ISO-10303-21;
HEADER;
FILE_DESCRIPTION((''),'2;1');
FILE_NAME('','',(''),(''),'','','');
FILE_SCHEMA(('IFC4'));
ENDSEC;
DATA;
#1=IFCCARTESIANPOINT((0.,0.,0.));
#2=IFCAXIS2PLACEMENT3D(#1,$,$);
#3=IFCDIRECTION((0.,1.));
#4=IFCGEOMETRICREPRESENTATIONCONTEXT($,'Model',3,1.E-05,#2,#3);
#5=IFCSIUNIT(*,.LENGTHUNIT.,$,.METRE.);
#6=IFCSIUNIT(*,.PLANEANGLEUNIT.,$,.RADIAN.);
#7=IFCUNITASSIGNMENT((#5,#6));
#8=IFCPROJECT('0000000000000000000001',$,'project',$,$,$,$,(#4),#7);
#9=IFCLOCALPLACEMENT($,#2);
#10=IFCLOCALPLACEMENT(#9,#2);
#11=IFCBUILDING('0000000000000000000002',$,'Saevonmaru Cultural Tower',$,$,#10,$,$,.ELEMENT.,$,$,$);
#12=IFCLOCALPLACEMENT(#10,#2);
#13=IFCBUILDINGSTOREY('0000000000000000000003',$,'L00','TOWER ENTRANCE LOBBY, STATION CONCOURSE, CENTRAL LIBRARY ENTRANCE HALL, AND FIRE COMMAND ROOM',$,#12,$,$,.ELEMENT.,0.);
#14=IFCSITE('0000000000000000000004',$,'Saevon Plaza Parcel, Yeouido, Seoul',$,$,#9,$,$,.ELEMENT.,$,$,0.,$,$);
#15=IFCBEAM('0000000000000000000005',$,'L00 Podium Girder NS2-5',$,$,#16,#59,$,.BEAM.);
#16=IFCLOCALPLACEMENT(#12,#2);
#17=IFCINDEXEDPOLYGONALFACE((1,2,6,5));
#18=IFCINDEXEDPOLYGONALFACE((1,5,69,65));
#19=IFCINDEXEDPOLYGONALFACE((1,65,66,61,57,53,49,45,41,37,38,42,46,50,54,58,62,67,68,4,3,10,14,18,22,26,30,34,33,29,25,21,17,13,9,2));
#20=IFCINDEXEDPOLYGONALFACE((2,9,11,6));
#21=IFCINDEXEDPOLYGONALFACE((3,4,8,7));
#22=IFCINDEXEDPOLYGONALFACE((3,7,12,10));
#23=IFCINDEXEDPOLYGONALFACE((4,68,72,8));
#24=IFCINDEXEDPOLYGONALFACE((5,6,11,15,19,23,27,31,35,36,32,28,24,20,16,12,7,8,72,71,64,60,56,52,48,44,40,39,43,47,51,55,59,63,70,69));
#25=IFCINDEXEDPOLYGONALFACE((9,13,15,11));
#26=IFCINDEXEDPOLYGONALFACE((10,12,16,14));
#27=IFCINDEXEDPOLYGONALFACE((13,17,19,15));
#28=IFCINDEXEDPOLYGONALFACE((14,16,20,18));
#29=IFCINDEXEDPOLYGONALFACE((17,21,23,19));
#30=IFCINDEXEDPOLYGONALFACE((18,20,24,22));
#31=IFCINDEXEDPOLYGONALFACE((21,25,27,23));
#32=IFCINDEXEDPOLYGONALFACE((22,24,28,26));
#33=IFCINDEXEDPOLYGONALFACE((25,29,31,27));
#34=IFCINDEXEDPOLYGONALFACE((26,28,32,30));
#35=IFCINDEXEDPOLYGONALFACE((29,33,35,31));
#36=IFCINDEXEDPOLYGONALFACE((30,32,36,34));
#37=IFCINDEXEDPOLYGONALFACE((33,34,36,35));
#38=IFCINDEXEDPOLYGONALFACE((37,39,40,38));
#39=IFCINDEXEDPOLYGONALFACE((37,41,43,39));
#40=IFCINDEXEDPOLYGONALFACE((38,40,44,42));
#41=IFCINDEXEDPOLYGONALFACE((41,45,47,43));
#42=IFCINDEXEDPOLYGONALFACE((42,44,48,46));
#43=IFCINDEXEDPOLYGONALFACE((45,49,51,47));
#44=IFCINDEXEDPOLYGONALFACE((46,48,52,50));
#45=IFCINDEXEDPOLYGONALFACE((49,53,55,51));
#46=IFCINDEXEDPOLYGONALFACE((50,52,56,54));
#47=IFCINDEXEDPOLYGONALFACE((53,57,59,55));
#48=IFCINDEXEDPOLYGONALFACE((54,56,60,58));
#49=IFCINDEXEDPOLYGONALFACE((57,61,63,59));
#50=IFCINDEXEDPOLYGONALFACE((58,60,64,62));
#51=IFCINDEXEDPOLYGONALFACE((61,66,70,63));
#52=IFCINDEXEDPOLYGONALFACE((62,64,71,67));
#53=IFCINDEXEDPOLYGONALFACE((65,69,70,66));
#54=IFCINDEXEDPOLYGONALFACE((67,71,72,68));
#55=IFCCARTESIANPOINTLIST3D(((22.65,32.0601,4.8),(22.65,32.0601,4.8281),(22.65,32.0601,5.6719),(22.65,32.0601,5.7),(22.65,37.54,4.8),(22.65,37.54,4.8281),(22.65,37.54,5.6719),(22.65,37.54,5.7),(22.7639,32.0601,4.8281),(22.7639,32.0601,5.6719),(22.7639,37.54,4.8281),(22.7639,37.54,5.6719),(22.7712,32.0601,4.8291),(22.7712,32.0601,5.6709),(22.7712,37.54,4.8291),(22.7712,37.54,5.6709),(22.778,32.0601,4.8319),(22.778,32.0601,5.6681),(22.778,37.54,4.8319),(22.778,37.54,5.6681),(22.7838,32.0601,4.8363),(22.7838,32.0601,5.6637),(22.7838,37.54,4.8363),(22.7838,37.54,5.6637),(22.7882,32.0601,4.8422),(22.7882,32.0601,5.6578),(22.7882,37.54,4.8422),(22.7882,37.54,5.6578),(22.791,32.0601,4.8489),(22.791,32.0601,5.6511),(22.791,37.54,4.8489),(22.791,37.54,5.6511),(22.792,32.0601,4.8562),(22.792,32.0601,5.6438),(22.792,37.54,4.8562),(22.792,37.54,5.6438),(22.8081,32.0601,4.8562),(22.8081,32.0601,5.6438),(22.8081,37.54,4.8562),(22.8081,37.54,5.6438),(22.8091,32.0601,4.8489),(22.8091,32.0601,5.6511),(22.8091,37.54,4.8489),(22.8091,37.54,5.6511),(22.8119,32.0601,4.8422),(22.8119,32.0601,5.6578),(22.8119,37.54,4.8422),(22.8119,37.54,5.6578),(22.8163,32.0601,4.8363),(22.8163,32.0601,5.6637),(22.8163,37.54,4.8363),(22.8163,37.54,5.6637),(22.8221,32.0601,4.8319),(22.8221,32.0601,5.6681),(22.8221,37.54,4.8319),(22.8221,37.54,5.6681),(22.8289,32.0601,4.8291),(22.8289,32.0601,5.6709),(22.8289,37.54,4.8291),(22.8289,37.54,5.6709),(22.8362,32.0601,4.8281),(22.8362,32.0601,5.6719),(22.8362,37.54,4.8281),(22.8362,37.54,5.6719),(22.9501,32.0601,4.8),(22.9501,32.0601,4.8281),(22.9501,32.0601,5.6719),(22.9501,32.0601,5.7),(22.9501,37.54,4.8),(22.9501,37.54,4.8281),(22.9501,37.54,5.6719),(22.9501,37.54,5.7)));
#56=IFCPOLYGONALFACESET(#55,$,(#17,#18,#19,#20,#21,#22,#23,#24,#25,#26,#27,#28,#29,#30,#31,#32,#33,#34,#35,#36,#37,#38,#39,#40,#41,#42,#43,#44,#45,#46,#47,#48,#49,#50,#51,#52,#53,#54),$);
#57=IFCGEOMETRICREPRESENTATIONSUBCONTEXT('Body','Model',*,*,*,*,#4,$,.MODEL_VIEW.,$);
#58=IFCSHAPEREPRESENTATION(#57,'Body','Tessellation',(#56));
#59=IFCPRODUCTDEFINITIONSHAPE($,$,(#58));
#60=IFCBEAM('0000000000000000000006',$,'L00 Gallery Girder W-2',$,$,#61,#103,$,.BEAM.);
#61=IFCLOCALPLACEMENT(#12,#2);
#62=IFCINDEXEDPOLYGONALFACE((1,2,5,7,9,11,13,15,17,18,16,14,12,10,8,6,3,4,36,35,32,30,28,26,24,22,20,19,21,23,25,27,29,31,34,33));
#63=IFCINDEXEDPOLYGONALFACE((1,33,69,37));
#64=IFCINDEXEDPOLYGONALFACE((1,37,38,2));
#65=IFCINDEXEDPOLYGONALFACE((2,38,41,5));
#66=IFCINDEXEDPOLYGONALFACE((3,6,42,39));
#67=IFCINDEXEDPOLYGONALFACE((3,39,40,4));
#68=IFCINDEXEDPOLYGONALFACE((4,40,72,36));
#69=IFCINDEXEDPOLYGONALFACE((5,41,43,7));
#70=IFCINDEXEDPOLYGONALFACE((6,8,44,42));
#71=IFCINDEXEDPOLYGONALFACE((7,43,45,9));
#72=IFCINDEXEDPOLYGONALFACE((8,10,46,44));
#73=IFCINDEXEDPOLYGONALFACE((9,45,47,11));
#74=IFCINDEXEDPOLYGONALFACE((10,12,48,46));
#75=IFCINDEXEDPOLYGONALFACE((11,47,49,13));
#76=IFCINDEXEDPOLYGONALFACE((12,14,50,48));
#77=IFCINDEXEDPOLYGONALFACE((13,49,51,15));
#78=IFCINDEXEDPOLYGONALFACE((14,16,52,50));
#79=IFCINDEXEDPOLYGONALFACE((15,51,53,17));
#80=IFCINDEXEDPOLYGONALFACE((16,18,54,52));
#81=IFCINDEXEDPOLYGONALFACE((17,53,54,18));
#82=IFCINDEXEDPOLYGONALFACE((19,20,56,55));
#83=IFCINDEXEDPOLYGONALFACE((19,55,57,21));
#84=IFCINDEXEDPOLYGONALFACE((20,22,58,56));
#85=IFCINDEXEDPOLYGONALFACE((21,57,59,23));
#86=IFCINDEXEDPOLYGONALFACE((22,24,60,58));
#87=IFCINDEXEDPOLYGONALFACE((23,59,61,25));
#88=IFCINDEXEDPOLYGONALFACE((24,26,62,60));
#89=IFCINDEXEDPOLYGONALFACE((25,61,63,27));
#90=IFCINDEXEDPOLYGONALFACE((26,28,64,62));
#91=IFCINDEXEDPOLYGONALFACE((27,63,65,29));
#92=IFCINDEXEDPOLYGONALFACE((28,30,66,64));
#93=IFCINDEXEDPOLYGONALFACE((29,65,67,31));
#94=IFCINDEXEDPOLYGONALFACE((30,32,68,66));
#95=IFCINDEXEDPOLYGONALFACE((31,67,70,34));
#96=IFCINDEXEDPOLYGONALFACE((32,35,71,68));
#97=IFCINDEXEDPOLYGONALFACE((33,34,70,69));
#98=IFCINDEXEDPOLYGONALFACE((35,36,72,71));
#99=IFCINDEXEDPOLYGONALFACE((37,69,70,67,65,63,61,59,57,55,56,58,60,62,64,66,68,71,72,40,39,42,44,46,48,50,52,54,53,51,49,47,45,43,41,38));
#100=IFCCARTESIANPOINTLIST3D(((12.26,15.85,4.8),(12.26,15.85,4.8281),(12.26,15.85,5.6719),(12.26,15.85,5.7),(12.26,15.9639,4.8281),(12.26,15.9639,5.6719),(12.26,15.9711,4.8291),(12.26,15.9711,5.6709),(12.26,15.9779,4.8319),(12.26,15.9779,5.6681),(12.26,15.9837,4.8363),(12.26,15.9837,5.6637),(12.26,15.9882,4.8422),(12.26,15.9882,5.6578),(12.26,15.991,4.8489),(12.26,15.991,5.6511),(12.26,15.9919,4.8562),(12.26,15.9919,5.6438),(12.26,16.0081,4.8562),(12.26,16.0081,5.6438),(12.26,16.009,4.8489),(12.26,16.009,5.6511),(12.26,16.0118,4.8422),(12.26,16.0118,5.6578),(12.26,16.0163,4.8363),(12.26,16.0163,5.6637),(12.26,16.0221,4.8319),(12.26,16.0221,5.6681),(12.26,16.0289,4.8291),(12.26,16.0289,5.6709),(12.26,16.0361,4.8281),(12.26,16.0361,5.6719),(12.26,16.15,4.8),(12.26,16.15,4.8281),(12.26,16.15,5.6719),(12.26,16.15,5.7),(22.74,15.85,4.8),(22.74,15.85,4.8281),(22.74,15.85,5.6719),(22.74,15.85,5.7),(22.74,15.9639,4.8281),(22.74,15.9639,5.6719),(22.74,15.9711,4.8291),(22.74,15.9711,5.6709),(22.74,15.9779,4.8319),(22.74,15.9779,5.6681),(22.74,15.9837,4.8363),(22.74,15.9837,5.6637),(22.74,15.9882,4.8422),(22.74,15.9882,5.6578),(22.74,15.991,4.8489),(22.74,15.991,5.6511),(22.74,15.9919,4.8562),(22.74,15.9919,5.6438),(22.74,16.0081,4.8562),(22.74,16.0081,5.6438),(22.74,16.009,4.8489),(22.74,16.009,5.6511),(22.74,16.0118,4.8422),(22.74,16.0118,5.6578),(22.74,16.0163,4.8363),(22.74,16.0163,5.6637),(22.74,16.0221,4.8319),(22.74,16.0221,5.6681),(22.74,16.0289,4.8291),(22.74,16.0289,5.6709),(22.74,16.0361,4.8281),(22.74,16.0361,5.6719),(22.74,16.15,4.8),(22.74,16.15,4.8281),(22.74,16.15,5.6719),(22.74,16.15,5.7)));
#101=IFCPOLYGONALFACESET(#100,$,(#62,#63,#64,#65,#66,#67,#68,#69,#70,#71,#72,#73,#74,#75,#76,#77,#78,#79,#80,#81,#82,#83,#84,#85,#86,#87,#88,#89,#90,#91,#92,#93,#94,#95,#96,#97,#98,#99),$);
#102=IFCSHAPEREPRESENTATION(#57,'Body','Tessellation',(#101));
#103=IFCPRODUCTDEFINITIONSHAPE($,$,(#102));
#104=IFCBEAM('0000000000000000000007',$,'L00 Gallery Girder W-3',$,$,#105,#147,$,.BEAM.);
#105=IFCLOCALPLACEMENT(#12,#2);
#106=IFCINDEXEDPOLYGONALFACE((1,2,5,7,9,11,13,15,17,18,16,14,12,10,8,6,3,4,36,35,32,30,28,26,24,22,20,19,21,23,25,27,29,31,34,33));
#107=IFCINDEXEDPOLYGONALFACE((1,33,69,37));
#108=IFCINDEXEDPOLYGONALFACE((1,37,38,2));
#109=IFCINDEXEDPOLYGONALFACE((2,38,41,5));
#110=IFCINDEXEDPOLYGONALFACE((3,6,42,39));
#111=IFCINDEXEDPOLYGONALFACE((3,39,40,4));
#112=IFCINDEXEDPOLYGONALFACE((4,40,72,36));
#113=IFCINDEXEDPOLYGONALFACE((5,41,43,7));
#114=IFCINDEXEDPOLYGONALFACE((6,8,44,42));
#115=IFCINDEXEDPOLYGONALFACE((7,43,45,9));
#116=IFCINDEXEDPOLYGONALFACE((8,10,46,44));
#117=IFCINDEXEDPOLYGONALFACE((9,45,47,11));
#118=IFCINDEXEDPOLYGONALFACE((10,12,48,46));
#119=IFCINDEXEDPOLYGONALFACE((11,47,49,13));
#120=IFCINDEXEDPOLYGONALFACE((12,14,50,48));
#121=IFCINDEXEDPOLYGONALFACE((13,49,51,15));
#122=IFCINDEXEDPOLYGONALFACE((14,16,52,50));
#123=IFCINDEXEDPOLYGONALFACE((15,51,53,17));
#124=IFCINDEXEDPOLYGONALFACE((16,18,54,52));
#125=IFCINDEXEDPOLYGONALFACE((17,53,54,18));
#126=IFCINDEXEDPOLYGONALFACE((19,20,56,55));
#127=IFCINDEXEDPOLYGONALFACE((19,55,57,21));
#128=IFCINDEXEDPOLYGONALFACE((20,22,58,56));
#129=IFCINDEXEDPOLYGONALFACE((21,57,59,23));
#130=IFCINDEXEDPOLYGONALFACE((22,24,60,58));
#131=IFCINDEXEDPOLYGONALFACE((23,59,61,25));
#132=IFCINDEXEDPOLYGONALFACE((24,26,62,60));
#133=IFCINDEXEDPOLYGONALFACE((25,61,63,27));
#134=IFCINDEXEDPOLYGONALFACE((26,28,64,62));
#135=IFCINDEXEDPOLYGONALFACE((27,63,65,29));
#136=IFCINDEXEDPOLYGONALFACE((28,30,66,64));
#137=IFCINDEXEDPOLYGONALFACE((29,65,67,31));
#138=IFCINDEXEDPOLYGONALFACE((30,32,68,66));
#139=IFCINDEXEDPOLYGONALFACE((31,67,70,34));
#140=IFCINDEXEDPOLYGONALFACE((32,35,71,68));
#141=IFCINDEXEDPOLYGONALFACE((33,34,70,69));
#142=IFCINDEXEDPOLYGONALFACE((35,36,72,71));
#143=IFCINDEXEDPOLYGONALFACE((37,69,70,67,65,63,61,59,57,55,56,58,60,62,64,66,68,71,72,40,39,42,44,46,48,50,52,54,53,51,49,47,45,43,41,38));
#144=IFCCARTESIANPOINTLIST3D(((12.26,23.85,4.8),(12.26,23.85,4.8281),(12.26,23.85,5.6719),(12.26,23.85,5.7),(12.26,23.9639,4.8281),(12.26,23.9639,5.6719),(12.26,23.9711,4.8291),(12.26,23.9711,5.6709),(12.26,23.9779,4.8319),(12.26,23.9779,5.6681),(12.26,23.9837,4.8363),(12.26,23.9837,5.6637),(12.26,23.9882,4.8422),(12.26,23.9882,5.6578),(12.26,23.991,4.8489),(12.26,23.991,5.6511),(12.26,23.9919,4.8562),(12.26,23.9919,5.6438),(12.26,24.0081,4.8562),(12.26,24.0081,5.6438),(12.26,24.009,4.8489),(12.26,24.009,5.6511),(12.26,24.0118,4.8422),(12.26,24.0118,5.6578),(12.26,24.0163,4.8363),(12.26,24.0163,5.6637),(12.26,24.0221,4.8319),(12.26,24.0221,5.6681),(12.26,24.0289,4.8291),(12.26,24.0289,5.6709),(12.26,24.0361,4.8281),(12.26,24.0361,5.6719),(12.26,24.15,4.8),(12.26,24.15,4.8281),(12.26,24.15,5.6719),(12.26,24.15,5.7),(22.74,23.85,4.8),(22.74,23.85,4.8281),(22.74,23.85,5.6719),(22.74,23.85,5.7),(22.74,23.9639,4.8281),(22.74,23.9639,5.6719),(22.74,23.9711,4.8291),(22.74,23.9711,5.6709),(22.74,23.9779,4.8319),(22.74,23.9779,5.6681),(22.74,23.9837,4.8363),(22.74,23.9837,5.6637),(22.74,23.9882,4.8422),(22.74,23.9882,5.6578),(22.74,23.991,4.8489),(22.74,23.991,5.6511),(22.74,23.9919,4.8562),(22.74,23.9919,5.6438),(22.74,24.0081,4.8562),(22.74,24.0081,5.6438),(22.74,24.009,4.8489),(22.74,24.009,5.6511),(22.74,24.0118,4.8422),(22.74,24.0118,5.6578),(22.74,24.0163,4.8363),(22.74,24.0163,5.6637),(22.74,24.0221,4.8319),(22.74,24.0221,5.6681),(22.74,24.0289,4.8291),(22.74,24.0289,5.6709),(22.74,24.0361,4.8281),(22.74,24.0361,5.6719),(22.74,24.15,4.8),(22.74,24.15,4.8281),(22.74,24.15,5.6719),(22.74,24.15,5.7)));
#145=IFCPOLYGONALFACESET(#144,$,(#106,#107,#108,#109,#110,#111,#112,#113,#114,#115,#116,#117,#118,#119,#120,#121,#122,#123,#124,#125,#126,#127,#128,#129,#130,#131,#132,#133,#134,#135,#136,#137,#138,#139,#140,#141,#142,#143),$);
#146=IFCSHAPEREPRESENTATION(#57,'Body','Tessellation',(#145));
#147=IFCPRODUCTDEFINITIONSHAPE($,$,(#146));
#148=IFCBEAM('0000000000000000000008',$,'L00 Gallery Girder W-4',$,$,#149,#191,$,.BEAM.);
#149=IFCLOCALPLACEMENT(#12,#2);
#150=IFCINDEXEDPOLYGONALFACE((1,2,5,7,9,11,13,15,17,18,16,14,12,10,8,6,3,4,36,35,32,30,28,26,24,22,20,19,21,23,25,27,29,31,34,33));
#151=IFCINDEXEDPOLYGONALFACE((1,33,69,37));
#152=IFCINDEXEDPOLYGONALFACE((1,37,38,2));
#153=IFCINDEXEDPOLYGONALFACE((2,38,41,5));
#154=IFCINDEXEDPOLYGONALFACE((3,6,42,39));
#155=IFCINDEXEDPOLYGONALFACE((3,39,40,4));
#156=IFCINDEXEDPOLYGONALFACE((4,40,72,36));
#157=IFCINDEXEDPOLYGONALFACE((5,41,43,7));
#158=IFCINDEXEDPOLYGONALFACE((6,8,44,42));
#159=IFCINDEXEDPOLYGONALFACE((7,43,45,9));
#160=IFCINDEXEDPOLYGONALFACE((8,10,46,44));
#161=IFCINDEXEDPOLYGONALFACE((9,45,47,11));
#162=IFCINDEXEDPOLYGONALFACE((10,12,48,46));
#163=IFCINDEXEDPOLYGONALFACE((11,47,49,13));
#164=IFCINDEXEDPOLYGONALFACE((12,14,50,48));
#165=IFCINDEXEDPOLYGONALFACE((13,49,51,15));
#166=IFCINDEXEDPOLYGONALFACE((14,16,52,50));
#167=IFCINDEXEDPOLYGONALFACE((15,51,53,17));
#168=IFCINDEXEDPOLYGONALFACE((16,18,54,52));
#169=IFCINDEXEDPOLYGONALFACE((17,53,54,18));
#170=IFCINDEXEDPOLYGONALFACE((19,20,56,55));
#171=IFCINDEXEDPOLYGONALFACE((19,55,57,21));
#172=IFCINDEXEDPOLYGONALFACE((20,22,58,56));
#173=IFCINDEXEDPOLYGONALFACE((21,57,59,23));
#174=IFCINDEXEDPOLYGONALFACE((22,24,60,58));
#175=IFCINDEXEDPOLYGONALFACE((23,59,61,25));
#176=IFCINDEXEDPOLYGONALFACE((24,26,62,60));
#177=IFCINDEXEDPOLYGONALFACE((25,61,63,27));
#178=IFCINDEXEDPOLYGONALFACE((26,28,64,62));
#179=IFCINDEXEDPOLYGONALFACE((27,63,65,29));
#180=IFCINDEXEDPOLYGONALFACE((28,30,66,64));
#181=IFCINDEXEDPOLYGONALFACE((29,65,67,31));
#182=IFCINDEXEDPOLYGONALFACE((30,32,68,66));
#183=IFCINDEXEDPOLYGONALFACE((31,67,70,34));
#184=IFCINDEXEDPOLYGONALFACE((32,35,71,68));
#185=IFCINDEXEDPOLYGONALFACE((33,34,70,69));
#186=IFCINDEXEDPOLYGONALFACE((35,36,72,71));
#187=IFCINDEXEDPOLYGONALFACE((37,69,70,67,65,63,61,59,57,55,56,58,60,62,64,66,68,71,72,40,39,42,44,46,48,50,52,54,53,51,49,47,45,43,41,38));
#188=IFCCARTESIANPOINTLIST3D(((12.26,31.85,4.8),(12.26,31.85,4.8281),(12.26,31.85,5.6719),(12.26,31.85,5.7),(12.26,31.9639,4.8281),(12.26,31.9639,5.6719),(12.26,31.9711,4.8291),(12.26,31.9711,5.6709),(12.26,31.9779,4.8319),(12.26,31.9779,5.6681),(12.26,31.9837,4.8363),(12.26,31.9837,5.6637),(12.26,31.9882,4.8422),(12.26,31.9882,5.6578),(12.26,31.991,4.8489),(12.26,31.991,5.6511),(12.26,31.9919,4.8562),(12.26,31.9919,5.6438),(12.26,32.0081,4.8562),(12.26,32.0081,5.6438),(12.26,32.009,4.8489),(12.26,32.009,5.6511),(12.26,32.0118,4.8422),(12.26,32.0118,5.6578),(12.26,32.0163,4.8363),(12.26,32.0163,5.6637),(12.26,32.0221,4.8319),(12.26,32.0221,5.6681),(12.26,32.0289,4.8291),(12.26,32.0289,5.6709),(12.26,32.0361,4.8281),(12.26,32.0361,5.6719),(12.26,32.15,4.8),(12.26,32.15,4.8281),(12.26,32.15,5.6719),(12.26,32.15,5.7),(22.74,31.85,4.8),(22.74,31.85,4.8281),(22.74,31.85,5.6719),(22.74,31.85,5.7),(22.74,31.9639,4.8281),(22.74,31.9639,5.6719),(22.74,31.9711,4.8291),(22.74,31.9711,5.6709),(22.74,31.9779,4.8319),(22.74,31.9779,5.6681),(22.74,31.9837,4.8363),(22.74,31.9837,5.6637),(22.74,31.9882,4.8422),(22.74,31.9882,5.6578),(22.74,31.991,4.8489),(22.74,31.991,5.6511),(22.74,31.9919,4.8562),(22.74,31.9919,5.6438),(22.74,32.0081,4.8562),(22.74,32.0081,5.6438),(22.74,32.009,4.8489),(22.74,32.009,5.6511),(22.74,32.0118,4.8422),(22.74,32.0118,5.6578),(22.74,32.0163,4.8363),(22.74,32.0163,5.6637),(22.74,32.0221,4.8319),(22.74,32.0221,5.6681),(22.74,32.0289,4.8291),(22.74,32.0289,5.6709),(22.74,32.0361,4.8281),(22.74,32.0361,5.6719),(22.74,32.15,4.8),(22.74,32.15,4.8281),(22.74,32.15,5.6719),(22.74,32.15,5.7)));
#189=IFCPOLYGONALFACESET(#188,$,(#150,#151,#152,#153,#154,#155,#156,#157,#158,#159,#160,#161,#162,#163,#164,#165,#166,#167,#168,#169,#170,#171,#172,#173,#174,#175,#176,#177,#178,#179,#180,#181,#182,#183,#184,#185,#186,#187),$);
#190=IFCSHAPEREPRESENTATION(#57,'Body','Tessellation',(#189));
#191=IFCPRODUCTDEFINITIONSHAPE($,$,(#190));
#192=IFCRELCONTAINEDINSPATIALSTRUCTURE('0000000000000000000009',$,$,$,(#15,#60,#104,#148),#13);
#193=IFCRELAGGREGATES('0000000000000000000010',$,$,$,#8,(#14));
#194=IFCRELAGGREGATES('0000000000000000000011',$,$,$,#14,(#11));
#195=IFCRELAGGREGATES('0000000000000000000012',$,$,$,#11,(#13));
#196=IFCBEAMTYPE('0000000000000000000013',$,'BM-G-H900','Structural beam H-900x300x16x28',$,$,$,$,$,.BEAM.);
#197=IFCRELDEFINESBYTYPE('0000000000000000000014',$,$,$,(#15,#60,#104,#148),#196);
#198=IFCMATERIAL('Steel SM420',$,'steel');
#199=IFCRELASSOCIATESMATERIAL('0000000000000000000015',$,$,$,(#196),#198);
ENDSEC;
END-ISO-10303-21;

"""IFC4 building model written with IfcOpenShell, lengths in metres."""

from ifc_helpers import new_model, si_unit, direction, frame, origin, origin_2d, place, context, subcontext, project, spatial, i_section, extrude, material, material_profile, profile_set, type_object, element, save


model = new_model("IFC4")

# Units and contexts
model_context = context("Model", 3, precision=1e-05, world=origin(), true_north=direction((0.0, 1.0)))
body_context = subcontext(model_context, "Body", "Model", "MODEL_VIEW")
ifc_project = project(units=[si_unit("LENGTHUNIT", "METRE"), si_unit("PLANEANGLEUNIT", "RADIAN")], contexts=[model_context])

# Site, building, storey
site_placement = place(None, origin())
site = spatial("IfcSite", under=ifc_project, at=site_placement, Name="Saevon Plaza Parcel, Yeouido, Seoul", CompositionType="ELEMENT", RefElevation=0.0)
building_placement = place(site_placement, origin())
building = spatial("IfcBuilding", under=site, at=building_placement, Name="Saevonmaru Cultural Tower", CompositionType="ELEMENT")
storey_placement = place(building_placement, origin())
storey = spatial("IfcBuildingStorey", under=building, at=storey_placement, Name="L00", Description="TOWER ENTRANCE LOBBY, STATION CONCOURSE, CENTRAL LIBRARY ENTRANCE HALL, AND FIRE COMMAND ROOM", CompositionType="ELEMENT", Elevation=0.0)

# Shared definitions
ifc_material_1 = material(Name="Steel SM420", Category="steel")

# Beams
ifc_material_profile_1 = material_profile(ifc_material_1, i_section(OverallWidth=0.3, OverallDepth=0.8999, WebThickness=0.0161, FlangeThickness=0.0281, FilletRadius=0.0281, at=origin_2d()), Name="H-900x300x16x28")
ifc_profile_set_1 = profile_set([ifc_material_profile_1], Name="Steel SM420")
beam_type_1 = type_object("IfcBeamType", Name="BM-G-H900", Description="Structural beam H-900x300x16x28", PredefinedType="BEAM", material=ifc_profile_set_1)
beam_1_placement = place(storey_placement, frame((22.8, 32.0601, 5.25), z_axis=(0.0, 1.0, 0.0), x_axis=(-1.0, 0.0, 0.0)))
element("IfcBeam", 1, at=beam_1_placement, inside=storey, type_object=beam_type_1, Name="L00 Podium Girder NS2-5", PredefinedType="BEAM", context=body_context, shape_type="SweptSolid", body=[
    extrude(i_section(OverallWidth=0.3, OverallDepth=0.8999, WebThickness=0.0161, FlangeThickness=0.0281, FilletRadius=0.0281, at=origin_2d()), origin(), (0.0, 0.0, 1.0), 5.48),
])
for number, where, z_axis, x_axis, name in (
    (2, (12.26, 16.0, 5.25), (1.0, 0.0, 0.0), (0.0, 1.0, 0.0), "L00 Gallery Girder W-2"),
    (3, (12.26, 24.0, 5.25), (1.0, 0.0, 0.0), (0.0, 1.0, 0.0), "L00 Gallery Girder W-3"),
    (4, (12.26, 32.0, 5.25), (1.0, 0.0, 0.0), (0.0, 1.0, 0.0), "L00 Gallery Girder W-4"),
):
    element("IfcBeam", number, at=place(storey_placement, frame(where, z_axis=z_axis, x_axis=x_axis)), inside=storey, type_object=beam_type_1, Name=name, PredefinedType="BEAM", context=body_context, shape_type="SweptSolid", body=[
        extrude(i_section(OverallWidth=0.3, OverallDepth=0.8999, WebThickness=0.0161, FlangeThickness=0.0281, FilletRadius=0.0281, at=origin_2d()), origin(), (0.0, 0.0, 1.0), 10.48),
    ])

save(model, "model.ifc")
